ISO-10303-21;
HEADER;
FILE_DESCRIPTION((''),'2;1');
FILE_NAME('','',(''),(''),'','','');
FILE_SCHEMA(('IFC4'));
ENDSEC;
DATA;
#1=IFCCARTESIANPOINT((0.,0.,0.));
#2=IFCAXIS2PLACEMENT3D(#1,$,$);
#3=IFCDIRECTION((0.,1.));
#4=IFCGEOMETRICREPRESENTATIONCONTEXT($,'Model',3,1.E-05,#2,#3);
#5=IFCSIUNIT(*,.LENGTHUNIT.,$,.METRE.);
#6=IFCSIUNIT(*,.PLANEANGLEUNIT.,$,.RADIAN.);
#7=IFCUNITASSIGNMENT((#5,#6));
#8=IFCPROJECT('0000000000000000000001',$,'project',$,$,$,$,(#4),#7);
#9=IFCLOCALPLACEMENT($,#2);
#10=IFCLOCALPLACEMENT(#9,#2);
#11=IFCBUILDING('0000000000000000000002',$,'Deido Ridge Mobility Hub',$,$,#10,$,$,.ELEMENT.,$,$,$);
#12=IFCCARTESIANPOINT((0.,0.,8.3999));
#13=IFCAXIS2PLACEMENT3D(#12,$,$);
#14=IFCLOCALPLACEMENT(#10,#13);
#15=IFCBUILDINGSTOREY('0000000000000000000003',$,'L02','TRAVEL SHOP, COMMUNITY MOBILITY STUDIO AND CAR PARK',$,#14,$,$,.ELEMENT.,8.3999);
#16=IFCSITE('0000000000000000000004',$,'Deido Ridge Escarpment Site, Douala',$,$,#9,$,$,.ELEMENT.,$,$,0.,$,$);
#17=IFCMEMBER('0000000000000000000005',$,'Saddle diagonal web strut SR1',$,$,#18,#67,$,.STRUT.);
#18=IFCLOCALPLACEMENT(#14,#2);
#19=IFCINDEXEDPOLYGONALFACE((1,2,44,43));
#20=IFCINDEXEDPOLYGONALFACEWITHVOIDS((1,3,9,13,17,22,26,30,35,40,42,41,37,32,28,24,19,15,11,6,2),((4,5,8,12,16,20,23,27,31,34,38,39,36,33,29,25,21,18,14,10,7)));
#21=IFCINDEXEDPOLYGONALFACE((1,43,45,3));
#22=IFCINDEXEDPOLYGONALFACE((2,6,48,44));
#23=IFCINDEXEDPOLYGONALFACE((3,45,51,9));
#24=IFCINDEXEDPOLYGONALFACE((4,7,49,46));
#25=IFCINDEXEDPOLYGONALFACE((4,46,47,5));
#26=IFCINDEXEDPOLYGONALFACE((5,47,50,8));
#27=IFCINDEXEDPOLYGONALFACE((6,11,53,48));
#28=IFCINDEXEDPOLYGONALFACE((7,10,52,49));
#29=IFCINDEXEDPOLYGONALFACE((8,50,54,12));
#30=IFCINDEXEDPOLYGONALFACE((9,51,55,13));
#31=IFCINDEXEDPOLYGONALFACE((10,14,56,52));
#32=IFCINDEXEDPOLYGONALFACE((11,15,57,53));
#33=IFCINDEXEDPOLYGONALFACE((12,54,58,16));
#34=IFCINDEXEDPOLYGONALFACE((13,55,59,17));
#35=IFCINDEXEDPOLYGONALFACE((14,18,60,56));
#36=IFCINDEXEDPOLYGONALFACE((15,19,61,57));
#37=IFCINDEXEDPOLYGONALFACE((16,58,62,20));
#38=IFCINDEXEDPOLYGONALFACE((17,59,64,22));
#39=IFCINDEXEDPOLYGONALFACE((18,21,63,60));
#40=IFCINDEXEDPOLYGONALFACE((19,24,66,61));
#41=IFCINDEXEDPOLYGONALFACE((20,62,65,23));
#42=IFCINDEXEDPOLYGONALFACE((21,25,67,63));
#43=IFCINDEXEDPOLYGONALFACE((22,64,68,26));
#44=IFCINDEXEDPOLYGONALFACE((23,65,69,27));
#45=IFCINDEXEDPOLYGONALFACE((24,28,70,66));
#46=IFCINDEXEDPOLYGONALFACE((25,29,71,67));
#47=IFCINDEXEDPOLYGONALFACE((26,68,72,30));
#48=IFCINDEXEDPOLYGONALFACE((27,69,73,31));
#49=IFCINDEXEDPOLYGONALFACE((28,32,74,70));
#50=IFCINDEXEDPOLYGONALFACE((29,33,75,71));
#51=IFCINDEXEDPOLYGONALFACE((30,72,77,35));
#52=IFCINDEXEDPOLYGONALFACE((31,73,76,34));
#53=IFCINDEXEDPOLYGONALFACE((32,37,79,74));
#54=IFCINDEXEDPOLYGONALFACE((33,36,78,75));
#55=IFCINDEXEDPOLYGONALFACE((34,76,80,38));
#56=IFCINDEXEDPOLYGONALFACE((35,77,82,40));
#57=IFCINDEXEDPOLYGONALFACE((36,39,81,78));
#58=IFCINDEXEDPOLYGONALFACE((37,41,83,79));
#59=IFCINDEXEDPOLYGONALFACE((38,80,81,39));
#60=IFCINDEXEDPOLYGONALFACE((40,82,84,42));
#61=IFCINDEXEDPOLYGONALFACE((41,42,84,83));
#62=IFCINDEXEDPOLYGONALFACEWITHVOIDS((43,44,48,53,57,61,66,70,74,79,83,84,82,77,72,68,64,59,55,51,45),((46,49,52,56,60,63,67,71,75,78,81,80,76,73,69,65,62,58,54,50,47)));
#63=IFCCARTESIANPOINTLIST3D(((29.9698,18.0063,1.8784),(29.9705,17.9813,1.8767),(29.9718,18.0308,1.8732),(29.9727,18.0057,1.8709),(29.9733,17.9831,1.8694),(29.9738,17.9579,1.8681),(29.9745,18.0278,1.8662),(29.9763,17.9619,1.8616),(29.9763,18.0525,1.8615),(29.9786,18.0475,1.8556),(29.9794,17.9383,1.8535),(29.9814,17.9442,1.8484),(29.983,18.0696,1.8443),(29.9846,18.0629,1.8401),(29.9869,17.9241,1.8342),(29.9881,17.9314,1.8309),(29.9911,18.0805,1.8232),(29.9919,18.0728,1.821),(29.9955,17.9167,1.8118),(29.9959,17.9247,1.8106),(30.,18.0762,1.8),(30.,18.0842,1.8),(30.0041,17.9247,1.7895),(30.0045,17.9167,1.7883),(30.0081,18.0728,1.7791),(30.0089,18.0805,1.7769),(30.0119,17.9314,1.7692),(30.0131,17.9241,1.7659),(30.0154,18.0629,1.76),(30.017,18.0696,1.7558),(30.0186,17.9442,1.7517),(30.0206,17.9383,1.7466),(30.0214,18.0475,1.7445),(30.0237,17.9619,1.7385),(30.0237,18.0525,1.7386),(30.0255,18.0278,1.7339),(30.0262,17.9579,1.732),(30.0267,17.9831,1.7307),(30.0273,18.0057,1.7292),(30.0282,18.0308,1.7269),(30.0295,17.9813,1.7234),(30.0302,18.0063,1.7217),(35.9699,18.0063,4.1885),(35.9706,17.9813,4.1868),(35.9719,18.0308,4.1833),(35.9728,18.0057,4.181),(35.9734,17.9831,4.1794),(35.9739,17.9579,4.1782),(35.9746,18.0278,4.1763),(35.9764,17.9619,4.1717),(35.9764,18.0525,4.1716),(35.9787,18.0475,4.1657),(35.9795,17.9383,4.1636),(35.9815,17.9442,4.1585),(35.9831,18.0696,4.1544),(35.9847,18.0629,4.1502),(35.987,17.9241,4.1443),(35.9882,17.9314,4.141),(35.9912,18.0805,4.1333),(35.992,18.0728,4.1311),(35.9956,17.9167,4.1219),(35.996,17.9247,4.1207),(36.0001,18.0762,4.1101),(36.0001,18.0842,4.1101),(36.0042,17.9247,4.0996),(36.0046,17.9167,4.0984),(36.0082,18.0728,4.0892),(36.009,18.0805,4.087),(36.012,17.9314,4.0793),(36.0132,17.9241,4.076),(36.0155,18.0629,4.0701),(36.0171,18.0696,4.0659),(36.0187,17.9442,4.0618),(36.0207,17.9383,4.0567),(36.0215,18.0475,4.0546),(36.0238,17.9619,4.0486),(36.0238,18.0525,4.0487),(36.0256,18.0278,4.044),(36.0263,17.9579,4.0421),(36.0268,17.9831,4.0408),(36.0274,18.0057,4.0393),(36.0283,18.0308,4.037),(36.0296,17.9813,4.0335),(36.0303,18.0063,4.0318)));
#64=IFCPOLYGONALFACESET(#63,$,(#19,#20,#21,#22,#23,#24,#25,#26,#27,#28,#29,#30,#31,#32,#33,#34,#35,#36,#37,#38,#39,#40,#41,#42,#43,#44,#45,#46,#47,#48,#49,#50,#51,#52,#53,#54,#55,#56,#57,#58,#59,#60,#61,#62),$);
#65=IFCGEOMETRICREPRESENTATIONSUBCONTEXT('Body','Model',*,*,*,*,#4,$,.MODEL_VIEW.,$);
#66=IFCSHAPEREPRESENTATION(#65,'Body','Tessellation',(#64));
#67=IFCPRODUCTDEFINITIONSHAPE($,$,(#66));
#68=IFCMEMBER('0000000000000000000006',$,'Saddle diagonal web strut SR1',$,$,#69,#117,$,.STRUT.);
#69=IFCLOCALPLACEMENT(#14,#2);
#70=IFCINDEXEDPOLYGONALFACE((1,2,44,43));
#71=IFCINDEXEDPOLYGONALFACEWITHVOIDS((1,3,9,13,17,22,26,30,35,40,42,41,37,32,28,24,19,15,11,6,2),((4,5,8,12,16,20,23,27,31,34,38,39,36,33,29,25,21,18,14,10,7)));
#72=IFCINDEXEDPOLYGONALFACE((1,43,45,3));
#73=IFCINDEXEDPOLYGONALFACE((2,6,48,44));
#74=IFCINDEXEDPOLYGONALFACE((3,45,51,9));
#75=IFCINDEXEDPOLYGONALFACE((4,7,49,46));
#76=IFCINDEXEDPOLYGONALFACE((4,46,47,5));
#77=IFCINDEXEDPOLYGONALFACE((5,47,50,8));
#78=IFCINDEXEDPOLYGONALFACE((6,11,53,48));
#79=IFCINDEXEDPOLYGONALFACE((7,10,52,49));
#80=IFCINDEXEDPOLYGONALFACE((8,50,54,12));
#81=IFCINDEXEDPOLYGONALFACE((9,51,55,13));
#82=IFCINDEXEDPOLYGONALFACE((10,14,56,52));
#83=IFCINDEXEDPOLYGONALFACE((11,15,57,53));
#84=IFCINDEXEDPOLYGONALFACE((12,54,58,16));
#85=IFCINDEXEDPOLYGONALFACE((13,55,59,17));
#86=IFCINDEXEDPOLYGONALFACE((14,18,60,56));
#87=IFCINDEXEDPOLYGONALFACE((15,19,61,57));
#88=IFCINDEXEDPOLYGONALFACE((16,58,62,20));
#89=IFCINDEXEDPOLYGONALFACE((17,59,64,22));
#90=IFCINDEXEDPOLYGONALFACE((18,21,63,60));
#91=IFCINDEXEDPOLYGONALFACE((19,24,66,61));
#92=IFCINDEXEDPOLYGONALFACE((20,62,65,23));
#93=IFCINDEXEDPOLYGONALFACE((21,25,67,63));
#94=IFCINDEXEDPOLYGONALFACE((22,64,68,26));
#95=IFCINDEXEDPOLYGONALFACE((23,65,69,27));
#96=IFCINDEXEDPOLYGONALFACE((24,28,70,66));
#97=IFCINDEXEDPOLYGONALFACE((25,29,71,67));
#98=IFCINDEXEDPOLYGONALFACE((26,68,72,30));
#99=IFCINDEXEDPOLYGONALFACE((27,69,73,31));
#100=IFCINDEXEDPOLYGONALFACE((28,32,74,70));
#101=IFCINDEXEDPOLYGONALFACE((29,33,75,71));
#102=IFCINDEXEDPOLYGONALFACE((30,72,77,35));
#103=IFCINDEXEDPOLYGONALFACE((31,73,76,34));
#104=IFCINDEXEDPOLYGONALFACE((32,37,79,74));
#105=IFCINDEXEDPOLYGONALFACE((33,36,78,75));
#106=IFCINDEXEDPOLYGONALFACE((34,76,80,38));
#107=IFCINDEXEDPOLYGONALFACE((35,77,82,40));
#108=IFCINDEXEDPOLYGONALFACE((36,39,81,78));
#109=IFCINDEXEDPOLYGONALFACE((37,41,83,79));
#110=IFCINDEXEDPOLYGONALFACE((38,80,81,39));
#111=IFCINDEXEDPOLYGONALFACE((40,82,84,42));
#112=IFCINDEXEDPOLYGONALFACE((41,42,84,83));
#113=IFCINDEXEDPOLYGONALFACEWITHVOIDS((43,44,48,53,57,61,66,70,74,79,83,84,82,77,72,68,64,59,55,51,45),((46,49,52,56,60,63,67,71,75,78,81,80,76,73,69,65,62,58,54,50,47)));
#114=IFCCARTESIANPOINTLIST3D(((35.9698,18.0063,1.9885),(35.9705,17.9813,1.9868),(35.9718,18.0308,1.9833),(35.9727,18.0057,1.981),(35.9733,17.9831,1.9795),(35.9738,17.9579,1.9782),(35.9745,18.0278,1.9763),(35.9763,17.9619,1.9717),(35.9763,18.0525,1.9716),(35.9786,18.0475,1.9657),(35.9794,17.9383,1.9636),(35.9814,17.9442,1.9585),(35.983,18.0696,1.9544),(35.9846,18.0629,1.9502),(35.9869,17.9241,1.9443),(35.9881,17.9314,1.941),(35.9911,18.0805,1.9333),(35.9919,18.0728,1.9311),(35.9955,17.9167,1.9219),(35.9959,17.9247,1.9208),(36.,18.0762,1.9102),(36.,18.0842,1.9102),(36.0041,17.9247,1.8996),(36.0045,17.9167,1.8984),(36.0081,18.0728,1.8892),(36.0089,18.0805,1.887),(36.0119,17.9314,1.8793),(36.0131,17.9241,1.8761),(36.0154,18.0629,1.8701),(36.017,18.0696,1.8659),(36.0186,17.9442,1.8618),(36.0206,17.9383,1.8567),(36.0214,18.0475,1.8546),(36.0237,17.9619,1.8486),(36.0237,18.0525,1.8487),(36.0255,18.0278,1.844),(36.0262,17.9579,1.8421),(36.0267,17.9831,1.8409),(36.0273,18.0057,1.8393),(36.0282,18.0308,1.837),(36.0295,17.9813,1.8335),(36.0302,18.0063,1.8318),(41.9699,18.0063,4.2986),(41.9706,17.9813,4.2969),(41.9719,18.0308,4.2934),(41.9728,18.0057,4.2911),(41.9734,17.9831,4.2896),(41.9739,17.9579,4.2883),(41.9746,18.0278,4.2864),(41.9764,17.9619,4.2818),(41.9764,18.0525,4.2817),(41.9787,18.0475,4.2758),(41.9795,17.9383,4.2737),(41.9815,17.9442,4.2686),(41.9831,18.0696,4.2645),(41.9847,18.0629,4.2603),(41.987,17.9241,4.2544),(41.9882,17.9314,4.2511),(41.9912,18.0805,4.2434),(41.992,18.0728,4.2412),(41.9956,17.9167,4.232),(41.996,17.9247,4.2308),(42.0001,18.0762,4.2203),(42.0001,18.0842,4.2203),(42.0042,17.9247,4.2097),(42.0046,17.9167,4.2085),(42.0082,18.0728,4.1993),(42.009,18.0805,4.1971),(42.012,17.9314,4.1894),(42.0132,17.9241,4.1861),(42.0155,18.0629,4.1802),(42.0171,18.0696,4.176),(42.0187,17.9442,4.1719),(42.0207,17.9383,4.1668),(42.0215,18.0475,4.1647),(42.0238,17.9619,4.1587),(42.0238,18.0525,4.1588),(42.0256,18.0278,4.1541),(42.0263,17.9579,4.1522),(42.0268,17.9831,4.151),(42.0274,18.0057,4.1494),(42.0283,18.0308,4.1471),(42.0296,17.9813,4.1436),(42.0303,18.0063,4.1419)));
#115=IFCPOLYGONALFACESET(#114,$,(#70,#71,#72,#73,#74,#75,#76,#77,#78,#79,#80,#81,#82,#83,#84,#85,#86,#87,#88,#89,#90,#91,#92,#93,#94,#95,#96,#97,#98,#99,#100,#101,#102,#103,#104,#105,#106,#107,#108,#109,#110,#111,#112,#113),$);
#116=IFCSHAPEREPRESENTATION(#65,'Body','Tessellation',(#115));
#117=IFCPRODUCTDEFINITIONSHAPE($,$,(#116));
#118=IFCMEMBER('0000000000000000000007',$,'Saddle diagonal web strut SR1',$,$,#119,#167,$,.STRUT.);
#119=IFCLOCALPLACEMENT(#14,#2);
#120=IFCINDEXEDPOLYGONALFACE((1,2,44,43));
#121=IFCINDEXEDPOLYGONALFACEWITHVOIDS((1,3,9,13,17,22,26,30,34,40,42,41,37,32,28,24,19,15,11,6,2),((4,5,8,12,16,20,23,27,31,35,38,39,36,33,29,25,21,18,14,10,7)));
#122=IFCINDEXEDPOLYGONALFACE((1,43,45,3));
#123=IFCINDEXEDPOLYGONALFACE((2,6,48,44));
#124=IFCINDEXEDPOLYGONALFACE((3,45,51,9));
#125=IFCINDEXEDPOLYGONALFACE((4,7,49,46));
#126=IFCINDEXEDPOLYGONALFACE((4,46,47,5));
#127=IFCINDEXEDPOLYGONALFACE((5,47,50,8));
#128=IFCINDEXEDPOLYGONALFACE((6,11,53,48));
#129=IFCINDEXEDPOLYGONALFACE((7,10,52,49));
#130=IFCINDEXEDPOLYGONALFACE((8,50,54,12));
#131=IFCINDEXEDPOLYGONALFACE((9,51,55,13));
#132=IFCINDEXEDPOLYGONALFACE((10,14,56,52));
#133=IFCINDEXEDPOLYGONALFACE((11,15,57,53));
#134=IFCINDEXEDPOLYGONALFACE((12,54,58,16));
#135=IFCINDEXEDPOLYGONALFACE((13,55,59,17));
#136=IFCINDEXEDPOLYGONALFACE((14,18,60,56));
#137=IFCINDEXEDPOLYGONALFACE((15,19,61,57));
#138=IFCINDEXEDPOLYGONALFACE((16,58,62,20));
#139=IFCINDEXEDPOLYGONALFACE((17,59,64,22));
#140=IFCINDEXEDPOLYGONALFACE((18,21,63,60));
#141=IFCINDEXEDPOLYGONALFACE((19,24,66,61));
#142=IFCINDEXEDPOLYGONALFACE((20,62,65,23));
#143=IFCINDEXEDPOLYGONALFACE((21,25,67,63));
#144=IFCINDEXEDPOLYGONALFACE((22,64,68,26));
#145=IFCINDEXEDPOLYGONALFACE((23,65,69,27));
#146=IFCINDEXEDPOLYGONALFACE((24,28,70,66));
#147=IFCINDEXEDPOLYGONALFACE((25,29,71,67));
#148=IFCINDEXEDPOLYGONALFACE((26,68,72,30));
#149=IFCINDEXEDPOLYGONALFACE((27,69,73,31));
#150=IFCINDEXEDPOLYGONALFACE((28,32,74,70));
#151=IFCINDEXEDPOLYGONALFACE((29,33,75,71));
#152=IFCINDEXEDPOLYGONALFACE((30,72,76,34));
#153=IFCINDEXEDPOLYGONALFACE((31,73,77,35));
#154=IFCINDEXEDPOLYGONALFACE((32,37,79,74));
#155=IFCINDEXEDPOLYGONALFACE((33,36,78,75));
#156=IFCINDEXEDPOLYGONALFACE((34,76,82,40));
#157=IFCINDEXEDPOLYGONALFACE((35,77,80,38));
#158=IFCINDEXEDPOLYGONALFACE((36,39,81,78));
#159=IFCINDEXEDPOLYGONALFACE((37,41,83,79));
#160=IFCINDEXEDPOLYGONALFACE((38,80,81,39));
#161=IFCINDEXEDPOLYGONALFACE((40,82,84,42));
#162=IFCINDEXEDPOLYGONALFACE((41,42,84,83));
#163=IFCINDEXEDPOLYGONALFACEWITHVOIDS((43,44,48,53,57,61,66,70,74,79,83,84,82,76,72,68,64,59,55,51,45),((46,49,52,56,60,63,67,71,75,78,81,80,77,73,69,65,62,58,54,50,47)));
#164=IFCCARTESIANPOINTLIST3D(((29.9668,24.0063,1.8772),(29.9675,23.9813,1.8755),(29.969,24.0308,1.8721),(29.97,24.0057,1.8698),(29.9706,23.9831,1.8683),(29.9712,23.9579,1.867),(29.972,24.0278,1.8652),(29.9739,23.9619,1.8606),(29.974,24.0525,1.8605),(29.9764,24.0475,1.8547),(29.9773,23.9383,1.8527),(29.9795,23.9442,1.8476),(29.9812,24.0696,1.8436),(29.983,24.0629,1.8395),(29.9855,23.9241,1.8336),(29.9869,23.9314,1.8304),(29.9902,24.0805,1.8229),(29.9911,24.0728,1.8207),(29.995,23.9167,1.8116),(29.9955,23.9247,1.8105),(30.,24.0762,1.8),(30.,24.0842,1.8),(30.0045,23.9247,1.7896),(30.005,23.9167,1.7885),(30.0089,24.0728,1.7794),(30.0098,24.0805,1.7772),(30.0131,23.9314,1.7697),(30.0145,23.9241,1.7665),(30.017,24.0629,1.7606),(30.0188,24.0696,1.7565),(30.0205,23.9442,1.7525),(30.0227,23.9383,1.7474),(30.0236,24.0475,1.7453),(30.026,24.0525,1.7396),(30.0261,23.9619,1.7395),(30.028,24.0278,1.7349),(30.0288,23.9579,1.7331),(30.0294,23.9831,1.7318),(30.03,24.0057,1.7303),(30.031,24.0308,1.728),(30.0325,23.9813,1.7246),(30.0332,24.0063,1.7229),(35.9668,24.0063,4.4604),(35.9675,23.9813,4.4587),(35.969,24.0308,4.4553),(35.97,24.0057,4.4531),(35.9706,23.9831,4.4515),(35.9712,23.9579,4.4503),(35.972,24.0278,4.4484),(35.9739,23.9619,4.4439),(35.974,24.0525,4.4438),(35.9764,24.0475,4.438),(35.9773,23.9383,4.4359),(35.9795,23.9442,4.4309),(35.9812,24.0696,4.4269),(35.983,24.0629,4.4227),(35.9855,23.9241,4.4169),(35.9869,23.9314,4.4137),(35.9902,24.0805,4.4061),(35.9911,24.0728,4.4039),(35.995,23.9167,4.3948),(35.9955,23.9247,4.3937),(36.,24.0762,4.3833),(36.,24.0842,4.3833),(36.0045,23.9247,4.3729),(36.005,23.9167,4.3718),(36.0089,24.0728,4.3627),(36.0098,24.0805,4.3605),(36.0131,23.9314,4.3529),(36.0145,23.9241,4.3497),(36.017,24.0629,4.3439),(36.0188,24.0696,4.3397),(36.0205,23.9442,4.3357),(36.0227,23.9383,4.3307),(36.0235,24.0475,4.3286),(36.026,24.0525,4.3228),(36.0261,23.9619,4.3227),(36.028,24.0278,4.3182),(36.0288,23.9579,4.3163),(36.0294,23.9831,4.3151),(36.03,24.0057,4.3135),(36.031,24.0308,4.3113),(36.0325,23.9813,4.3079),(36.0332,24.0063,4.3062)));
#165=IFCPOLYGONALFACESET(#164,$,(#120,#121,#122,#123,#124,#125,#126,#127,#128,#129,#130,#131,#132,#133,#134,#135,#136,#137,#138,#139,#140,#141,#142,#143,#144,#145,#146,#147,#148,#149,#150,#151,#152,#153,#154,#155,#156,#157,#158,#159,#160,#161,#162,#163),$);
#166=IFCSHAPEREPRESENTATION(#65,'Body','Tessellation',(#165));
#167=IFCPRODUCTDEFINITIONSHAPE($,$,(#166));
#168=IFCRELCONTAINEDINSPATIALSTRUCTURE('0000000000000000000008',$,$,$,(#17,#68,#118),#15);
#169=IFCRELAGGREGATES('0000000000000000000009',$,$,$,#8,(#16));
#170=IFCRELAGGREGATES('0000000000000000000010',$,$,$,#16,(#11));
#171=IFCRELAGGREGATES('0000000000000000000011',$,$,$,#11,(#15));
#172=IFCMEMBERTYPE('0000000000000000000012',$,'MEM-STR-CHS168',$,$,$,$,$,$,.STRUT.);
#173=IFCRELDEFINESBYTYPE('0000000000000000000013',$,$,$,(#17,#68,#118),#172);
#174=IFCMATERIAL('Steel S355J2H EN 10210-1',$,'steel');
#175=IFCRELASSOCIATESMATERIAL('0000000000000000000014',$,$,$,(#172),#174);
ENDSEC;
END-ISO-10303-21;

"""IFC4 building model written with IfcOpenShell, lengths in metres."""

from ifc_helpers import new_model, si_unit, direction, frame, origin, origin_2d, place, context, subcontext, project, spatial, hollow_circle, extrude, material, material_profile, profile_set, type_object, element, save


model = new_model("IFC4")

# Units and contexts
model_context = context("Model", 3, precision=1e-05, world=origin(), true_north=direction((0.0, 1.0)))
body_context = subcontext(model_context, "Body", "Model", "MODEL_VIEW")
ifc_project = project(units=[si_unit("LENGTHUNIT", "METRE"), si_unit("PLANEANGLEUNIT", "RADIAN")], contexts=[model_context])

# Site, building, storey
site_placement = place(None, origin())
site = spatial("IfcSite", under=ifc_project, at=site_placement, Name="Deido Ridge Escarpment Site, Douala", CompositionType="ELEMENT", RefElevation=0.0)
building_placement = place(site_placement, origin())
building = spatial("IfcBuilding", under=site, at=building_placement, Name="Deido Ridge Mobility Hub", CompositionType="ELEMENT")
storey_placement = place(building_placement, frame((0.0, 0.0, 8.3999)))
storey = spatial("IfcBuildingStorey", under=building, at=storey_placement, Name="L02", Description="TRAVEL SHOP, COMMUNITY MOBILITY STUDIO AND CAR PARK", CompositionType="ELEMENT", Elevation=8.3999)

# Members
ifc_material_1 = material(Name="Steel S355J2H EN 10210-1", Category="steel")
ifc_material_profile_1 = material_profile(ifc_material_1, hollow_circle(Radius=0.0842, WallThickness=0.0081, at=origin_2d()), Name="CHS 168.3x8")
ifc_profile_set_1 = profile_set([ifc_material_profile_1], Name="Steel S355J2H EN 10210-1")
member_type_1 = type_object("IfcMemberType", Name="MEM-STR-CHS168", PredefinedType="STRUT", material=ifc_profile_set_1)
for number, where, z_axis, x_axis, name in (
    (1, (30.0, 18.0, 1.8), (0.933222, 0.0, 0.3593), (0.0, 1.0, 0.0), "Saddle diagonal web strut SR1"),
    (2, (36.0, 18.0, 1.9102), (0.933222, 0.0, 0.3593), (0.0, 1.0, 0.0), "Saddle diagonal web strut SR1"),
):
    element("IfcMember", number, at=place(storey_placement, frame(where, z_axis=z_axis, x_axis=x_axis)), inside=storey, type_object=member_type_1, Name=name, PredefinedType="STRUT", context=body_context, shape_type="SweptSolid", body=[
        extrude(hollow_circle(Radius=0.0842, WallThickness=0.0081, at=origin_2d()), origin(), (0.0, 0.0, 1.0), 6.4294),
    ])
for number, where, z_axis, x_axis, name in (
    (3, (30.0, 24.0, 1.8), (0.918488, 0.0, 0.395448), (0.0, 1.0, 0.0), "Saddle diagonal web strut SR1"),
):
    element("IfcMember", number, at=place(storey_placement, frame(where, z_axis=z_axis, x_axis=x_axis)), inside=storey, type_object=member_type_1, Name=name, PredefinedType="STRUT", context=body_context, shape_type="SweptSolid", body=[
        extrude(hollow_circle(Radius=0.0842, WallThickness=0.0081, at=origin_2d()), origin(), (0.0, 0.0, 1.0), 6.5325),
    ])

save(model, "model.ifc")
